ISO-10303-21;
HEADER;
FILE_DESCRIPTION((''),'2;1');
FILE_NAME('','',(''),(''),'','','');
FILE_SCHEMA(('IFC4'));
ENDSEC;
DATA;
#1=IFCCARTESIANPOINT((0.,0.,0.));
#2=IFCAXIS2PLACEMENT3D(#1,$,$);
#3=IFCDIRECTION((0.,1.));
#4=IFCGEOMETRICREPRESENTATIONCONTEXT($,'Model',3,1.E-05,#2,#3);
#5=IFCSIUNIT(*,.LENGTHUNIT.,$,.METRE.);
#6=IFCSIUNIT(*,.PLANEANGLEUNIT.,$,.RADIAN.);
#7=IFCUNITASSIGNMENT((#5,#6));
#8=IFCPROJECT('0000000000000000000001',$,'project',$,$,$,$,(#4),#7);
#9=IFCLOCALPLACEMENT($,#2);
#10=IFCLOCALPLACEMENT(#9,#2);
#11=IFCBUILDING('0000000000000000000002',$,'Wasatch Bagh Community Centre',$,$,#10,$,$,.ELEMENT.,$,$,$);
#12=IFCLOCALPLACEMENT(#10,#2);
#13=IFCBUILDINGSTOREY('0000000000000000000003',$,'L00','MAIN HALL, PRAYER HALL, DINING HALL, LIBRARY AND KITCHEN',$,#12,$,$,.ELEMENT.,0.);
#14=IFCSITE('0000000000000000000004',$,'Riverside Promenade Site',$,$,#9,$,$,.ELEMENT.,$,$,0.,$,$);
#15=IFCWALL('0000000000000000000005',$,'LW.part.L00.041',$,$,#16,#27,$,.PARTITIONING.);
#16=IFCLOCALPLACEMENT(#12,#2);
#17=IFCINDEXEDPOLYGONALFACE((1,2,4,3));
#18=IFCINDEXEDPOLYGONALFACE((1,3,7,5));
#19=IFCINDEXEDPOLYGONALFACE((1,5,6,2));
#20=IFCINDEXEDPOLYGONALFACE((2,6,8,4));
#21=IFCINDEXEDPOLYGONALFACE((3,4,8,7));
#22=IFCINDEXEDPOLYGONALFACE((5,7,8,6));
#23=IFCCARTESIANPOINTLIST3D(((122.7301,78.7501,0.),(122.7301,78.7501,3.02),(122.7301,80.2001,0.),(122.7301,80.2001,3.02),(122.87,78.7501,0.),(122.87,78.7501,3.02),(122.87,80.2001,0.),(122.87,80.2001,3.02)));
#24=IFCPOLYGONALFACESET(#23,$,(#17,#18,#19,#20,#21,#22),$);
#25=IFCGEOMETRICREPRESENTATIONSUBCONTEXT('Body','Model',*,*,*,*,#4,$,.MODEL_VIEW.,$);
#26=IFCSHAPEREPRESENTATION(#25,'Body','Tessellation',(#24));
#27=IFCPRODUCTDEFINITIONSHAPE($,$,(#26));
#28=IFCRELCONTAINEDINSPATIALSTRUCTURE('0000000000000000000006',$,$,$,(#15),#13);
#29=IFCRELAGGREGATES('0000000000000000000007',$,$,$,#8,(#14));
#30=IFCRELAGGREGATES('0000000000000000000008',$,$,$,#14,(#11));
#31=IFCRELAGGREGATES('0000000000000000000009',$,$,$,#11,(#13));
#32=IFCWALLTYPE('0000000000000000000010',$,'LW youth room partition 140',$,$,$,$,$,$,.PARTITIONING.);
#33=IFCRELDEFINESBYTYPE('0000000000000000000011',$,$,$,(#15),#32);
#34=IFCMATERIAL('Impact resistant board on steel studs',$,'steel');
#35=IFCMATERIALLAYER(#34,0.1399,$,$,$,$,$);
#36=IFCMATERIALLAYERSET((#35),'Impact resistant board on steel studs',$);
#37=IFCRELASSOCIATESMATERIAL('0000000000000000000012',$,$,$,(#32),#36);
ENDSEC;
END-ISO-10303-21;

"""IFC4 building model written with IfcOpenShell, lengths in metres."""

from ifc_helpers import new_model, si_unit, direction, frame, frame_2d, origin, place, context, subcontext, project, spatial, rectangle, extrude, material, layer, layer_set, type_object, element, save


model = new_model("IFC4")

# Units and contexts
model_context = context("Model", 3, precision=1e-05, world=origin(), true_north=direction((0.0, 1.0)))
body_context = subcontext(model_context, "Body", "Model", "MODEL_VIEW")
ifc_project = project(units=[si_unit("LENGTHUNIT", "METRE"), si_unit("PLANEANGLEUNIT", "RADIAN")], contexts=[model_context])

# Site, building, storey
site_placement = place(None, origin())
site = spatial("IfcSite", under=ifc_project, at=site_placement, Name="Riverside Promenade Site", CompositionType="ELEMENT", RefElevation=0.0)
building_placement = place(site_placement, origin())
building = spatial("IfcBuilding", under=site, at=building_placement, Name="Wasatch Bagh Community Centre", CompositionType="ELEMENT")
storey_placement = place(building_placement, origin())
storey = spatial("IfcBuildingStorey", under=building, at=storey_placement, Name="L00", Description="MAIN HALL, PRAYER HALL, DINING HALL, LIBRARY AND KITCHEN", CompositionType="ELEMENT", Elevation=0.0)

# Wall
ifc_material_1 = material(Name="Impact resistant board on steel studs", Category="steel")
ifc_layer_1 = layer(ifc_material_1, 0.1399)
ifc_layer_set_1 = layer_set([ifc_layer_1], Name="Impact resistant board on steel studs")
wall_type_1 = type_object("IfcWallType", Name="LW youth room partition 140", PredefinedType="PARTITIONING", material=ifc_layer_set_1)
wall_1_placement = place(storey_placement, frame((122.8, 78.75, 0.0), z_axis=(0.0, 0.0, 1.0), x_axis=(0.0, 1.0, 0.0)))
element("IfcWall", 1, at=wall_1_placement, inside=storey, type_object=wall_type_1, Name="LW.part.L00.041", PredefinedType="PARTITIONING", context=body_context, shape_type="SweptSolid", body=[
    extrude(rectangle(XDim=1.45, YDim=0.1399, at=frame_2d((0.7251, 0.0))), origin(), (0.0, 0.0, 1.0), 3.02),
])

save(model, "model.ifc")
